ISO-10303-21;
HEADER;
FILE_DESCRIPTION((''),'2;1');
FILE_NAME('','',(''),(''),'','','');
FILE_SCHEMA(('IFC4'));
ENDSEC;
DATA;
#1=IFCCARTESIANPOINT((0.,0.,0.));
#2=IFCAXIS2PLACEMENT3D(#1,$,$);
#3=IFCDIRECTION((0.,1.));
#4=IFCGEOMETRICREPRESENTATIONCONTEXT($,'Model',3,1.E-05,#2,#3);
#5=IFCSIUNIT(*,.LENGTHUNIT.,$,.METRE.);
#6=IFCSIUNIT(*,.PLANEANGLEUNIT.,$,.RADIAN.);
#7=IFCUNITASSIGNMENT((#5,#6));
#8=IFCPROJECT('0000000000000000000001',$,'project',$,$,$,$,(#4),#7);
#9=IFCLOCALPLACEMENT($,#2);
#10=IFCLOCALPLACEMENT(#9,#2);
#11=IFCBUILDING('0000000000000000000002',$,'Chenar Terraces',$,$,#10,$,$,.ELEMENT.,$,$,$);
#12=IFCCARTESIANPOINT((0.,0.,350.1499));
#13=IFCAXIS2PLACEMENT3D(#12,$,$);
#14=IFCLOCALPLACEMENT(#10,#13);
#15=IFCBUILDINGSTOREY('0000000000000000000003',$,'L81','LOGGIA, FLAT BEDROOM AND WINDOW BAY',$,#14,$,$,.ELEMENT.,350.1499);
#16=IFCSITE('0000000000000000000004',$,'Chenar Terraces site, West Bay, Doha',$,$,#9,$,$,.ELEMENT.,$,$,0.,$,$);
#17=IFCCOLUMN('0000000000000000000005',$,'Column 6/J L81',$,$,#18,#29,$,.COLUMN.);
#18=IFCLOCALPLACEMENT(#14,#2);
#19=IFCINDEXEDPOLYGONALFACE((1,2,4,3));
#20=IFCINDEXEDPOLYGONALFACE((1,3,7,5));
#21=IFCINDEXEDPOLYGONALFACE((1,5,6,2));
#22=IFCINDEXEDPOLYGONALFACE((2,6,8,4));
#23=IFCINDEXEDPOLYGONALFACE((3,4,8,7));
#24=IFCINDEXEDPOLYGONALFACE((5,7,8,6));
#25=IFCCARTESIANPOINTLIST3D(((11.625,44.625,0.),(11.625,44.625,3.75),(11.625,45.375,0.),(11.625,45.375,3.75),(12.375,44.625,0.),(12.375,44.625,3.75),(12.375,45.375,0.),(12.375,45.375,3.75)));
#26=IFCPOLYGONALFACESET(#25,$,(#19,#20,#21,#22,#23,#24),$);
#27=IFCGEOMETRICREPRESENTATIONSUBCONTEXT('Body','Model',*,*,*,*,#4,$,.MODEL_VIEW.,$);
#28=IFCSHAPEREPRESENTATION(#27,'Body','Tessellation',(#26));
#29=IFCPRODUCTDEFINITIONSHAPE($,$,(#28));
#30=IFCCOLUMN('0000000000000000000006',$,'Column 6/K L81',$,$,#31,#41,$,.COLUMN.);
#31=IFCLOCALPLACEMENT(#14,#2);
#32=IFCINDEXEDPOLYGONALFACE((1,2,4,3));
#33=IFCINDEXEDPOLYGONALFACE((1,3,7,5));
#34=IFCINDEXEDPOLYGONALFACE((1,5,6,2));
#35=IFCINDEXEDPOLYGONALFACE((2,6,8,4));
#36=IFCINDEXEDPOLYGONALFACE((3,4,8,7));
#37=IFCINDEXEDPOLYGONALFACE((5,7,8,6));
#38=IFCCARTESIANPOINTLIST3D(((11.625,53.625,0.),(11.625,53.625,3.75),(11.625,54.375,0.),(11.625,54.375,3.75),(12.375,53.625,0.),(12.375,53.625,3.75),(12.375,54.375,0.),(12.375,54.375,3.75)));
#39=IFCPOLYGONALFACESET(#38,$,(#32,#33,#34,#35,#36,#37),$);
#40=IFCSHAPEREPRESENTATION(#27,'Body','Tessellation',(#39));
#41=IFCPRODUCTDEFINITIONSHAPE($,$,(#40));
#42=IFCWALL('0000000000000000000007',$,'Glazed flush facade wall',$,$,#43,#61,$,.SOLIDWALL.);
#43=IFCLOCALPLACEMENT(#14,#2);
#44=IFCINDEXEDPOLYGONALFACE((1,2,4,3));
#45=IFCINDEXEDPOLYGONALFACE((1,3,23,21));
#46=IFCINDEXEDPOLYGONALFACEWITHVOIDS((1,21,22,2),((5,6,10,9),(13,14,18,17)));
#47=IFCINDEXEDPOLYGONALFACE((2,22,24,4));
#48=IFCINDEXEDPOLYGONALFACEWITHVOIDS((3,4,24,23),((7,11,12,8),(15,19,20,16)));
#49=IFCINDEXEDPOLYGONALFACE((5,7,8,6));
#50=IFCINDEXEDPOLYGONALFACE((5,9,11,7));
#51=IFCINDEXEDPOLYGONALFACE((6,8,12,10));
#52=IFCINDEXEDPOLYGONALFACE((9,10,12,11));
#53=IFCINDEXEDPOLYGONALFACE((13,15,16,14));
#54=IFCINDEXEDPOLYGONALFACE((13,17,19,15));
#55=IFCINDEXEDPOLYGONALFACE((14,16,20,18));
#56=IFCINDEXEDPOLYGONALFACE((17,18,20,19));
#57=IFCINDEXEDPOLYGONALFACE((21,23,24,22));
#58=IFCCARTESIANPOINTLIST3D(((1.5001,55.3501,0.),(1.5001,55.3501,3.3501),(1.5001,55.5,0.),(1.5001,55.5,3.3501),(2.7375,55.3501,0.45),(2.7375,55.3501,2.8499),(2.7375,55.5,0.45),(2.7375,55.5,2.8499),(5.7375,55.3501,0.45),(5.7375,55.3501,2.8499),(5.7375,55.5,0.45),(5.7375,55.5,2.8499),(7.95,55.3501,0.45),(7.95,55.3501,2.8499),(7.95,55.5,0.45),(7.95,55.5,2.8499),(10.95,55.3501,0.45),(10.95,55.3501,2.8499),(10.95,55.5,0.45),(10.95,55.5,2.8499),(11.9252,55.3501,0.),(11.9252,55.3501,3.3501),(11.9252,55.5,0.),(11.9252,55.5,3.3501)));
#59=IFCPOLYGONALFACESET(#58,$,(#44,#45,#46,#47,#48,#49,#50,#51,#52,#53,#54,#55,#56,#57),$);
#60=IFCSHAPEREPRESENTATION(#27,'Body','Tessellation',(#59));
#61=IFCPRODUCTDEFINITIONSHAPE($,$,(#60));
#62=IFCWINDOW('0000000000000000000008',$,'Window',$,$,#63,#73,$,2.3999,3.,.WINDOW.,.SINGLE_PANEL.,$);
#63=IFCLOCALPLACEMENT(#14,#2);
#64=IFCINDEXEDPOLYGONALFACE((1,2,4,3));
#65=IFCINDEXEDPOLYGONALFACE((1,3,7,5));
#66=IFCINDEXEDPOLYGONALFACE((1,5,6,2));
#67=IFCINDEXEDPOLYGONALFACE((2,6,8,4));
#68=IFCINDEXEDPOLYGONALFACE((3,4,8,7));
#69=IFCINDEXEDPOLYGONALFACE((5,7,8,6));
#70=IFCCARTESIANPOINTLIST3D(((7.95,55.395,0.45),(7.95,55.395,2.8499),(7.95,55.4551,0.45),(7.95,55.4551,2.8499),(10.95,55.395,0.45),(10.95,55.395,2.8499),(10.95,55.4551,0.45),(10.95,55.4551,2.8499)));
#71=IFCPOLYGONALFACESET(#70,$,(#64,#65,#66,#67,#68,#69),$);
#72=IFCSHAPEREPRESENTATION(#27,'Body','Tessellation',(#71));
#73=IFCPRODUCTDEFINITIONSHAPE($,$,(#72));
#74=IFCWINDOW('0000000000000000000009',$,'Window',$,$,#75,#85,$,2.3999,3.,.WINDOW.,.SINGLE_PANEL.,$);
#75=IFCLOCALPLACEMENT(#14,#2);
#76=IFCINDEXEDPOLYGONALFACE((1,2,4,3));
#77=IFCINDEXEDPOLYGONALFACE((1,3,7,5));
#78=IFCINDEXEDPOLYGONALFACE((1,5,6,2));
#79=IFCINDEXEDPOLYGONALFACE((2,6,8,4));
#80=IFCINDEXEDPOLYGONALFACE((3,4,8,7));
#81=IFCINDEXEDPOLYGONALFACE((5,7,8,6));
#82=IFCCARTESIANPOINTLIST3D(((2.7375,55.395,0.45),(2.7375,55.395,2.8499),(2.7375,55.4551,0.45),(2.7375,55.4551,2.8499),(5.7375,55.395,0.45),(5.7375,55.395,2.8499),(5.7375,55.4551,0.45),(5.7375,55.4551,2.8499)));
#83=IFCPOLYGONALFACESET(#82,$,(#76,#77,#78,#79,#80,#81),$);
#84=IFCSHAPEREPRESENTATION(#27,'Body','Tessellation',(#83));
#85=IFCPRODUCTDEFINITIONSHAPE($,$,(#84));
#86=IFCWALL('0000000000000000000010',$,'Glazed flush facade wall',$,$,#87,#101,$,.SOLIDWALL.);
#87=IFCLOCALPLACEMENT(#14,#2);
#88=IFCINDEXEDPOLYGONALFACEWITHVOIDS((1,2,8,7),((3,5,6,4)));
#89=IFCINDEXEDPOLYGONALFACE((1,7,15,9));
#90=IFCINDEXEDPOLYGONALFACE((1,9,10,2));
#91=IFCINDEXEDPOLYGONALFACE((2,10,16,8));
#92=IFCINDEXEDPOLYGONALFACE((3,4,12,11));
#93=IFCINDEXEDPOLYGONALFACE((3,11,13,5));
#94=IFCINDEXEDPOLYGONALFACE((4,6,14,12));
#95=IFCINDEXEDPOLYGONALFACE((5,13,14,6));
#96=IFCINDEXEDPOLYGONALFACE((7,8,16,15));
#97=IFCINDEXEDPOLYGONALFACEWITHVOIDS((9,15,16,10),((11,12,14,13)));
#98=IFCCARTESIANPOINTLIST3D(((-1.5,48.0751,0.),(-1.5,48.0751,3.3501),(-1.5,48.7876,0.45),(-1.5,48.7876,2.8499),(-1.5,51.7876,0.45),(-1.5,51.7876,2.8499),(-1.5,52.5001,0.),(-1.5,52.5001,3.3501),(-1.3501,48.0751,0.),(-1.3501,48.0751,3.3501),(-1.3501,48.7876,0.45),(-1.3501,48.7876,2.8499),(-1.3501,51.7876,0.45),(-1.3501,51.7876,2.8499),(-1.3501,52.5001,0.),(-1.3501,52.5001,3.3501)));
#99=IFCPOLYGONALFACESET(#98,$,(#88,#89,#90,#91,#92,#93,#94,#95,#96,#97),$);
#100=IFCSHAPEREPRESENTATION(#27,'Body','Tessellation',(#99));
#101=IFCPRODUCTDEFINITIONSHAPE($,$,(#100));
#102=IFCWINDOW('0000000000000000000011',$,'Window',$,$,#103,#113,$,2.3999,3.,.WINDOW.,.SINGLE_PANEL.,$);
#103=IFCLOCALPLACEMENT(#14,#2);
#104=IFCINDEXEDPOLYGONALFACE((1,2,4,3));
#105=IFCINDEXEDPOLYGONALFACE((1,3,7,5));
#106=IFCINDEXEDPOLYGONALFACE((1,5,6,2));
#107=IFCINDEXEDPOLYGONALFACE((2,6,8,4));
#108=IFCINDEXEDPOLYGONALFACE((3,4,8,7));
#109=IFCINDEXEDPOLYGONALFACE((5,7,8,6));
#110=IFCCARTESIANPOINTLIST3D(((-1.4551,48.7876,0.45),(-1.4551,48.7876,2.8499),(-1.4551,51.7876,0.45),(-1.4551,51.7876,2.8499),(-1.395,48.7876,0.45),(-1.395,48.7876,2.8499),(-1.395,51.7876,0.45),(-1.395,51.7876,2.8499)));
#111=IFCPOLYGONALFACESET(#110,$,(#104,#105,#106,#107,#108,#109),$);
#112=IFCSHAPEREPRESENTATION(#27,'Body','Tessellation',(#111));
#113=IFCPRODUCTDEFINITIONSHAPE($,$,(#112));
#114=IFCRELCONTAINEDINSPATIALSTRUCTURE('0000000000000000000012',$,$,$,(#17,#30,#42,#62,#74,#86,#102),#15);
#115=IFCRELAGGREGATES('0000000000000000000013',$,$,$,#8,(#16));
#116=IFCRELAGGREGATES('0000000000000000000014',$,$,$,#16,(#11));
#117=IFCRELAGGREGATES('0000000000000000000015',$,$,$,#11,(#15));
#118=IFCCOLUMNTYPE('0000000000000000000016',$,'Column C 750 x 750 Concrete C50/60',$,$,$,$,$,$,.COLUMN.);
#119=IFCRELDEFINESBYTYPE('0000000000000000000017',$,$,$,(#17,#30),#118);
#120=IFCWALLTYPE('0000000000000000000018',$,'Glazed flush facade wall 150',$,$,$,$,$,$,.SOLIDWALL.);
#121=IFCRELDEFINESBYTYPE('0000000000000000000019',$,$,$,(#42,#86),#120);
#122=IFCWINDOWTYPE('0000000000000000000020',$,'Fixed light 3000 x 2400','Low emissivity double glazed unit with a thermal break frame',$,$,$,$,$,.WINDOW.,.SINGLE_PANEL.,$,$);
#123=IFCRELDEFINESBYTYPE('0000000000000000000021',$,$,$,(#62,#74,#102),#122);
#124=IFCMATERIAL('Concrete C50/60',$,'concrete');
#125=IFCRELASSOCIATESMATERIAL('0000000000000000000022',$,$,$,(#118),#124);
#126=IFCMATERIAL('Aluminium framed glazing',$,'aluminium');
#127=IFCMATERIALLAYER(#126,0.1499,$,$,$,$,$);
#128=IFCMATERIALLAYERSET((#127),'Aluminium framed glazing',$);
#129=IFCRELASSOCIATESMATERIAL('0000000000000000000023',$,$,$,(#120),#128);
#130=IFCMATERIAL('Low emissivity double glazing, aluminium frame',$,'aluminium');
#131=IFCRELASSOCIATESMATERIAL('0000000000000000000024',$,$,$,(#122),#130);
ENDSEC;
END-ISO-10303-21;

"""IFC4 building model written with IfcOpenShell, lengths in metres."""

from ifc_helpers import new_model, si_unit, direction, frame, frame_2d, origin, origin_2d, place, context, subcontext, project, spatial, rectangle, extrude, material, layer, layer_set, material_profile, profile_set, type_object, element, fill, save


model = new_model("IFC4")

# Units and contexts
model_context = context("Model", 3, precision=1e-05, world=origin(), true_north=direction((0.0, 1.0)))
body_context = subcontext(model_context, "Body", "Model", "MODEL_VIEW")
ifc_project = project(units=[si_unit("LENGTHUNIT", "METRE"), si_unit("PLANEANGLEUNIT", "RADIAN")], contexts=[model_context])

# Site, building, storey
site_placement = place(None, origin())
site = spatial("IfcSite", under=ifc_project, at=site_placement, Name="Chenar Terraces site, West Bay, Doha", CompositionType="ELEMENT", RefElevation=0.0)
building_placement = place(site_placement, origin())
building = spatial("IfcBuilding", under=site, at=building_placement, Name="Chenar Terraces", CompositionType="ELEMENT")
storey_placement = place(building_placement, frame((0.0, 0.0, 350.1499)))
storey = spatial("IfcBuildingStorey", under=building, at=storey_placement, Name="L81", Description="LOGGIA, FLAT BEDROOM AND WINDOW BAY", CompositionType="ELEMENT", Elevation=350.1499)

# Columns
ifc_material_1 = material(Name="Concrete C50/60", Category="concrete")
ifc_material_profile = material_profile(ifc_material_1, rectangle(XDim=0.75, YDim=0.75, at=origin_2d()), Name="C 750 x 750")
ifc_profile_set = profile_set([ifc_material_profile], Name="Concrete C50/60")
column_type = type_object("IfcColumnType", Name="Column C 750 x 750 Concrete C50/60", PredefinedType="COLUMN", material=ifc_profile_set)
for number, where, z_axis, x_axis, name in (
    (1, (12.0, 45.0, 0.0), (0.0, 0.0, 1.0), (1.0, 0.0, 0.0), "Column 6/J L81"),
    (2, (12.0, 54.0, 0.0), (0.0, 0.0, 1.0), (1.0, 0.0, 0.0), "Column 6/K L81"),
):
    element("IfcColumn", number, at=place(storey_placement, frame(where, z_axis=z_axis, x_axis=x_axis)), inside=storey, type_object=column_type, Name=name, PredefinedType="COLUMN", context=body_context, shape_type="SweptSolid", body=[
        extrude(rectangle(XDim=0.75, YDim=0.75, at=origin_2d()), origin(), (0.0, 0.0, 1.0), 3.75),
    ])

# Wall, openings, windows
ifc_material_2 = material(Name="Aluminium framed glazing", Category="aluminium")
ifc_layer_1 = layer(ifc_material_2, 0.1499)
ifc_layer_set_1 = layer_set([ifc_layer_1], Name="Aluminium framed glazing")
wall_type_1 = type_object("IfcWallType", Name="Glazed flush facade wall 150", PredefinedType="SOLIDWALL", material=ifc_layer_set_1)
wall_1_placement = place(storey_placement, frame((11.925, 55.425, 0.0), z_axis=(0.0, 0.0, 1.0), x_axis=(-1.0, 0.0, 0.0)))
wall_1 = element("IfcWall", 3, at=wall_1_placement, inside=storey, type_object=wall_type_1, Name="Glazed flush facade wall", PredefinedType="SOLIDWALL", context=body_context, shape_type="SweptSolid", body=[
    extrude(rectangle(XDim=10.425, YDim=0.1499, at=frame_2d((5.2124, 0.0))), origin(), (0.0, 0.0, 1.0), 3.3501),
])
opening_1_placement = place(wall_1_placement, frame((0.9751, 0.0, 0.45)))
opening_1 = element("IfcOpeningElement", 4, at=opening_1_placement, cuts=wall_1, PredefinedType="OPENING", context=body_context, shape_type="SweptSolid", body=[
    extrude(rectangle(XDim=3.0, YDim=2.3999, at=frame_2d((1.5, 1.2))), frame((0.0, 0.085, 0.0), z_axis=(0.0, -1.0, 0.0), x_axis=(1.0, 0.0, 0.0)), (0.0, 0.0, 1.0), 0.1699),
])
opening_2_placement = place(wall_1_placement, frame((6.1875, 0.0, 0.45)))
opening_2 = element("IfcOpeningElement", 5, at=opening_2_placement, cuts=wall_1, PredefinedType="OPENING", context=body_context, shape_type="SweptSolid", body=[
    extrude(rectangle(XDim=3.0, YDim=2.3999, at=frame_2d((1.5, 1.2))), frame((0.0, 0.085, 0.0), z_axis=(0.0, -1.0, 0.0), x_axis=(1.0, 0.0, 0.0)), (0.0, 0.0, 1.0), 0.1699),
])
ifc_material_3 = material(Name="Low emissivity double glazing, aluminium frame", Category="aluminium")
window_type_1 = type_object("IfcWindowType", Name="Fixed light 3000 x 2400", Description="Low emissivity double glazed unit with a thermal break frame", PartitioningType="SINGLE_PANEL", PredefinedType="WINDOW", material=ifc_material_3)
window_1_placement = place(opening_1_placement, origin())
window_1 = element("IfcWindow", 6, at=window_1_placement, inside=storey, type_object=window_type_1, Name="Window", OverallHeight=2.3999, OverallWidth=3.0, PartitioningType="SINGLE_PANEL", PredefinedType="WINDOW", context=body_context, shape_type="SweptSolid", body=[
    extrude(rectangle(XDim=3.0, YDim=2.3999, at=frame_2d((1.5, 1.2))), frame((0.0, 0.03, 0.0), z_axis=(0.0, -1.0, 0.0), x_axis=(1.0, 0.0, 0.0)), (0.0, 0.0, 1.0), 0.0601),
])
fill(opening_1, window_1)
window_2_placement = place(opening_2_placement, origin())
window_2 = element("IfcWindow", 7, at=window_2_placement, inside=storey, type_object=window_type_1, Name="Window", OverallHeight=2.3999, OverallWidth=3.0, PartitioningType="SINGLE_PANEL", PredefinedType="WINDOW", context=body_context, shape_type="SweptSolid", body=[
    extrude(rectangle(XDim=3.0, YDim=2.3999, at=frame_2d((1.5, 1.2))), frame((0.0, 0.03, 0.0), z_axis=(0.0, -1.0, 0.0), x_axis=(1.0, 0.0, 0.0)), (0.0, 0.0, 1.0), 0.0601),
])
fill(opening_2, window_2)

# Wall, opening, window
wall_2_placement = place(storey_placement, frame((-1.425, 52.5, 0.0), z_axis=(0.0, 0.0, 1.0), x_axis=(0.0, -1.0, 0.0)))
wall_2 = element("IfcWall", 8, at=wall_2_placement, inside=storey, type_object=wall_type_1, Name="Glazed flush facade wall", PredefinedType="SOLIDWALL", context=body_context, shape_type="SweptSolid", body=[
    extrude(rectangle(XDim=4.425, YDim=0.1499, at=frame_2d((2.2124, 0.0))), origin(), (0.0, 0.0, 1.0), 3.3501),
])
opening_3_placement = place(wall_2_placement, frame((0.7124, 0.0, 0.45)))
opening_3 = element("IfcOpeningElement", 9, at=opening_3_placement, cuts=wall_2, PredefinedType="OPENING", context=body_context, shape_type="SweptSolid", body=[
    extrude(rectangle(XDim=3.0, YDim=2.3999, at=frame_2d((1.5, 1.2))), frame((0.0, 0.085, 0.0), z_axis=(0.0, -1.0, 0.0), x_axis=(1.0, 0.0, 0.0)), (0.0, 0.0, 1.0), 0.1699),
])
window_3_placement = place(opening_3_placement, origin())
window_3 = element("IfcWindow", 10, at=window_3_placement, inside=storey, type_object=window_type_1, Name="Window", OverallHeight=2.3999, OverallWidth=3.0, PartitioningType="SINGLE_PANEL", PredefinedType="WINDOW", context=body_context, shape_type="SweptSolid", body=[
    extrude(rectangle(XDim=3.0, YDim=2.3999, at=frame_2d((1.5, 1.2))), frame((0.0, 0.03, 0.0), z_axis=(0.0, -1.0, 0.0), x_axis=(1.0, 0.0, 0.0)), (0.0, 0.0, 1.0), 0.0601),
])
fill(opening_3, window_3)

save(model, "model.ifc")
